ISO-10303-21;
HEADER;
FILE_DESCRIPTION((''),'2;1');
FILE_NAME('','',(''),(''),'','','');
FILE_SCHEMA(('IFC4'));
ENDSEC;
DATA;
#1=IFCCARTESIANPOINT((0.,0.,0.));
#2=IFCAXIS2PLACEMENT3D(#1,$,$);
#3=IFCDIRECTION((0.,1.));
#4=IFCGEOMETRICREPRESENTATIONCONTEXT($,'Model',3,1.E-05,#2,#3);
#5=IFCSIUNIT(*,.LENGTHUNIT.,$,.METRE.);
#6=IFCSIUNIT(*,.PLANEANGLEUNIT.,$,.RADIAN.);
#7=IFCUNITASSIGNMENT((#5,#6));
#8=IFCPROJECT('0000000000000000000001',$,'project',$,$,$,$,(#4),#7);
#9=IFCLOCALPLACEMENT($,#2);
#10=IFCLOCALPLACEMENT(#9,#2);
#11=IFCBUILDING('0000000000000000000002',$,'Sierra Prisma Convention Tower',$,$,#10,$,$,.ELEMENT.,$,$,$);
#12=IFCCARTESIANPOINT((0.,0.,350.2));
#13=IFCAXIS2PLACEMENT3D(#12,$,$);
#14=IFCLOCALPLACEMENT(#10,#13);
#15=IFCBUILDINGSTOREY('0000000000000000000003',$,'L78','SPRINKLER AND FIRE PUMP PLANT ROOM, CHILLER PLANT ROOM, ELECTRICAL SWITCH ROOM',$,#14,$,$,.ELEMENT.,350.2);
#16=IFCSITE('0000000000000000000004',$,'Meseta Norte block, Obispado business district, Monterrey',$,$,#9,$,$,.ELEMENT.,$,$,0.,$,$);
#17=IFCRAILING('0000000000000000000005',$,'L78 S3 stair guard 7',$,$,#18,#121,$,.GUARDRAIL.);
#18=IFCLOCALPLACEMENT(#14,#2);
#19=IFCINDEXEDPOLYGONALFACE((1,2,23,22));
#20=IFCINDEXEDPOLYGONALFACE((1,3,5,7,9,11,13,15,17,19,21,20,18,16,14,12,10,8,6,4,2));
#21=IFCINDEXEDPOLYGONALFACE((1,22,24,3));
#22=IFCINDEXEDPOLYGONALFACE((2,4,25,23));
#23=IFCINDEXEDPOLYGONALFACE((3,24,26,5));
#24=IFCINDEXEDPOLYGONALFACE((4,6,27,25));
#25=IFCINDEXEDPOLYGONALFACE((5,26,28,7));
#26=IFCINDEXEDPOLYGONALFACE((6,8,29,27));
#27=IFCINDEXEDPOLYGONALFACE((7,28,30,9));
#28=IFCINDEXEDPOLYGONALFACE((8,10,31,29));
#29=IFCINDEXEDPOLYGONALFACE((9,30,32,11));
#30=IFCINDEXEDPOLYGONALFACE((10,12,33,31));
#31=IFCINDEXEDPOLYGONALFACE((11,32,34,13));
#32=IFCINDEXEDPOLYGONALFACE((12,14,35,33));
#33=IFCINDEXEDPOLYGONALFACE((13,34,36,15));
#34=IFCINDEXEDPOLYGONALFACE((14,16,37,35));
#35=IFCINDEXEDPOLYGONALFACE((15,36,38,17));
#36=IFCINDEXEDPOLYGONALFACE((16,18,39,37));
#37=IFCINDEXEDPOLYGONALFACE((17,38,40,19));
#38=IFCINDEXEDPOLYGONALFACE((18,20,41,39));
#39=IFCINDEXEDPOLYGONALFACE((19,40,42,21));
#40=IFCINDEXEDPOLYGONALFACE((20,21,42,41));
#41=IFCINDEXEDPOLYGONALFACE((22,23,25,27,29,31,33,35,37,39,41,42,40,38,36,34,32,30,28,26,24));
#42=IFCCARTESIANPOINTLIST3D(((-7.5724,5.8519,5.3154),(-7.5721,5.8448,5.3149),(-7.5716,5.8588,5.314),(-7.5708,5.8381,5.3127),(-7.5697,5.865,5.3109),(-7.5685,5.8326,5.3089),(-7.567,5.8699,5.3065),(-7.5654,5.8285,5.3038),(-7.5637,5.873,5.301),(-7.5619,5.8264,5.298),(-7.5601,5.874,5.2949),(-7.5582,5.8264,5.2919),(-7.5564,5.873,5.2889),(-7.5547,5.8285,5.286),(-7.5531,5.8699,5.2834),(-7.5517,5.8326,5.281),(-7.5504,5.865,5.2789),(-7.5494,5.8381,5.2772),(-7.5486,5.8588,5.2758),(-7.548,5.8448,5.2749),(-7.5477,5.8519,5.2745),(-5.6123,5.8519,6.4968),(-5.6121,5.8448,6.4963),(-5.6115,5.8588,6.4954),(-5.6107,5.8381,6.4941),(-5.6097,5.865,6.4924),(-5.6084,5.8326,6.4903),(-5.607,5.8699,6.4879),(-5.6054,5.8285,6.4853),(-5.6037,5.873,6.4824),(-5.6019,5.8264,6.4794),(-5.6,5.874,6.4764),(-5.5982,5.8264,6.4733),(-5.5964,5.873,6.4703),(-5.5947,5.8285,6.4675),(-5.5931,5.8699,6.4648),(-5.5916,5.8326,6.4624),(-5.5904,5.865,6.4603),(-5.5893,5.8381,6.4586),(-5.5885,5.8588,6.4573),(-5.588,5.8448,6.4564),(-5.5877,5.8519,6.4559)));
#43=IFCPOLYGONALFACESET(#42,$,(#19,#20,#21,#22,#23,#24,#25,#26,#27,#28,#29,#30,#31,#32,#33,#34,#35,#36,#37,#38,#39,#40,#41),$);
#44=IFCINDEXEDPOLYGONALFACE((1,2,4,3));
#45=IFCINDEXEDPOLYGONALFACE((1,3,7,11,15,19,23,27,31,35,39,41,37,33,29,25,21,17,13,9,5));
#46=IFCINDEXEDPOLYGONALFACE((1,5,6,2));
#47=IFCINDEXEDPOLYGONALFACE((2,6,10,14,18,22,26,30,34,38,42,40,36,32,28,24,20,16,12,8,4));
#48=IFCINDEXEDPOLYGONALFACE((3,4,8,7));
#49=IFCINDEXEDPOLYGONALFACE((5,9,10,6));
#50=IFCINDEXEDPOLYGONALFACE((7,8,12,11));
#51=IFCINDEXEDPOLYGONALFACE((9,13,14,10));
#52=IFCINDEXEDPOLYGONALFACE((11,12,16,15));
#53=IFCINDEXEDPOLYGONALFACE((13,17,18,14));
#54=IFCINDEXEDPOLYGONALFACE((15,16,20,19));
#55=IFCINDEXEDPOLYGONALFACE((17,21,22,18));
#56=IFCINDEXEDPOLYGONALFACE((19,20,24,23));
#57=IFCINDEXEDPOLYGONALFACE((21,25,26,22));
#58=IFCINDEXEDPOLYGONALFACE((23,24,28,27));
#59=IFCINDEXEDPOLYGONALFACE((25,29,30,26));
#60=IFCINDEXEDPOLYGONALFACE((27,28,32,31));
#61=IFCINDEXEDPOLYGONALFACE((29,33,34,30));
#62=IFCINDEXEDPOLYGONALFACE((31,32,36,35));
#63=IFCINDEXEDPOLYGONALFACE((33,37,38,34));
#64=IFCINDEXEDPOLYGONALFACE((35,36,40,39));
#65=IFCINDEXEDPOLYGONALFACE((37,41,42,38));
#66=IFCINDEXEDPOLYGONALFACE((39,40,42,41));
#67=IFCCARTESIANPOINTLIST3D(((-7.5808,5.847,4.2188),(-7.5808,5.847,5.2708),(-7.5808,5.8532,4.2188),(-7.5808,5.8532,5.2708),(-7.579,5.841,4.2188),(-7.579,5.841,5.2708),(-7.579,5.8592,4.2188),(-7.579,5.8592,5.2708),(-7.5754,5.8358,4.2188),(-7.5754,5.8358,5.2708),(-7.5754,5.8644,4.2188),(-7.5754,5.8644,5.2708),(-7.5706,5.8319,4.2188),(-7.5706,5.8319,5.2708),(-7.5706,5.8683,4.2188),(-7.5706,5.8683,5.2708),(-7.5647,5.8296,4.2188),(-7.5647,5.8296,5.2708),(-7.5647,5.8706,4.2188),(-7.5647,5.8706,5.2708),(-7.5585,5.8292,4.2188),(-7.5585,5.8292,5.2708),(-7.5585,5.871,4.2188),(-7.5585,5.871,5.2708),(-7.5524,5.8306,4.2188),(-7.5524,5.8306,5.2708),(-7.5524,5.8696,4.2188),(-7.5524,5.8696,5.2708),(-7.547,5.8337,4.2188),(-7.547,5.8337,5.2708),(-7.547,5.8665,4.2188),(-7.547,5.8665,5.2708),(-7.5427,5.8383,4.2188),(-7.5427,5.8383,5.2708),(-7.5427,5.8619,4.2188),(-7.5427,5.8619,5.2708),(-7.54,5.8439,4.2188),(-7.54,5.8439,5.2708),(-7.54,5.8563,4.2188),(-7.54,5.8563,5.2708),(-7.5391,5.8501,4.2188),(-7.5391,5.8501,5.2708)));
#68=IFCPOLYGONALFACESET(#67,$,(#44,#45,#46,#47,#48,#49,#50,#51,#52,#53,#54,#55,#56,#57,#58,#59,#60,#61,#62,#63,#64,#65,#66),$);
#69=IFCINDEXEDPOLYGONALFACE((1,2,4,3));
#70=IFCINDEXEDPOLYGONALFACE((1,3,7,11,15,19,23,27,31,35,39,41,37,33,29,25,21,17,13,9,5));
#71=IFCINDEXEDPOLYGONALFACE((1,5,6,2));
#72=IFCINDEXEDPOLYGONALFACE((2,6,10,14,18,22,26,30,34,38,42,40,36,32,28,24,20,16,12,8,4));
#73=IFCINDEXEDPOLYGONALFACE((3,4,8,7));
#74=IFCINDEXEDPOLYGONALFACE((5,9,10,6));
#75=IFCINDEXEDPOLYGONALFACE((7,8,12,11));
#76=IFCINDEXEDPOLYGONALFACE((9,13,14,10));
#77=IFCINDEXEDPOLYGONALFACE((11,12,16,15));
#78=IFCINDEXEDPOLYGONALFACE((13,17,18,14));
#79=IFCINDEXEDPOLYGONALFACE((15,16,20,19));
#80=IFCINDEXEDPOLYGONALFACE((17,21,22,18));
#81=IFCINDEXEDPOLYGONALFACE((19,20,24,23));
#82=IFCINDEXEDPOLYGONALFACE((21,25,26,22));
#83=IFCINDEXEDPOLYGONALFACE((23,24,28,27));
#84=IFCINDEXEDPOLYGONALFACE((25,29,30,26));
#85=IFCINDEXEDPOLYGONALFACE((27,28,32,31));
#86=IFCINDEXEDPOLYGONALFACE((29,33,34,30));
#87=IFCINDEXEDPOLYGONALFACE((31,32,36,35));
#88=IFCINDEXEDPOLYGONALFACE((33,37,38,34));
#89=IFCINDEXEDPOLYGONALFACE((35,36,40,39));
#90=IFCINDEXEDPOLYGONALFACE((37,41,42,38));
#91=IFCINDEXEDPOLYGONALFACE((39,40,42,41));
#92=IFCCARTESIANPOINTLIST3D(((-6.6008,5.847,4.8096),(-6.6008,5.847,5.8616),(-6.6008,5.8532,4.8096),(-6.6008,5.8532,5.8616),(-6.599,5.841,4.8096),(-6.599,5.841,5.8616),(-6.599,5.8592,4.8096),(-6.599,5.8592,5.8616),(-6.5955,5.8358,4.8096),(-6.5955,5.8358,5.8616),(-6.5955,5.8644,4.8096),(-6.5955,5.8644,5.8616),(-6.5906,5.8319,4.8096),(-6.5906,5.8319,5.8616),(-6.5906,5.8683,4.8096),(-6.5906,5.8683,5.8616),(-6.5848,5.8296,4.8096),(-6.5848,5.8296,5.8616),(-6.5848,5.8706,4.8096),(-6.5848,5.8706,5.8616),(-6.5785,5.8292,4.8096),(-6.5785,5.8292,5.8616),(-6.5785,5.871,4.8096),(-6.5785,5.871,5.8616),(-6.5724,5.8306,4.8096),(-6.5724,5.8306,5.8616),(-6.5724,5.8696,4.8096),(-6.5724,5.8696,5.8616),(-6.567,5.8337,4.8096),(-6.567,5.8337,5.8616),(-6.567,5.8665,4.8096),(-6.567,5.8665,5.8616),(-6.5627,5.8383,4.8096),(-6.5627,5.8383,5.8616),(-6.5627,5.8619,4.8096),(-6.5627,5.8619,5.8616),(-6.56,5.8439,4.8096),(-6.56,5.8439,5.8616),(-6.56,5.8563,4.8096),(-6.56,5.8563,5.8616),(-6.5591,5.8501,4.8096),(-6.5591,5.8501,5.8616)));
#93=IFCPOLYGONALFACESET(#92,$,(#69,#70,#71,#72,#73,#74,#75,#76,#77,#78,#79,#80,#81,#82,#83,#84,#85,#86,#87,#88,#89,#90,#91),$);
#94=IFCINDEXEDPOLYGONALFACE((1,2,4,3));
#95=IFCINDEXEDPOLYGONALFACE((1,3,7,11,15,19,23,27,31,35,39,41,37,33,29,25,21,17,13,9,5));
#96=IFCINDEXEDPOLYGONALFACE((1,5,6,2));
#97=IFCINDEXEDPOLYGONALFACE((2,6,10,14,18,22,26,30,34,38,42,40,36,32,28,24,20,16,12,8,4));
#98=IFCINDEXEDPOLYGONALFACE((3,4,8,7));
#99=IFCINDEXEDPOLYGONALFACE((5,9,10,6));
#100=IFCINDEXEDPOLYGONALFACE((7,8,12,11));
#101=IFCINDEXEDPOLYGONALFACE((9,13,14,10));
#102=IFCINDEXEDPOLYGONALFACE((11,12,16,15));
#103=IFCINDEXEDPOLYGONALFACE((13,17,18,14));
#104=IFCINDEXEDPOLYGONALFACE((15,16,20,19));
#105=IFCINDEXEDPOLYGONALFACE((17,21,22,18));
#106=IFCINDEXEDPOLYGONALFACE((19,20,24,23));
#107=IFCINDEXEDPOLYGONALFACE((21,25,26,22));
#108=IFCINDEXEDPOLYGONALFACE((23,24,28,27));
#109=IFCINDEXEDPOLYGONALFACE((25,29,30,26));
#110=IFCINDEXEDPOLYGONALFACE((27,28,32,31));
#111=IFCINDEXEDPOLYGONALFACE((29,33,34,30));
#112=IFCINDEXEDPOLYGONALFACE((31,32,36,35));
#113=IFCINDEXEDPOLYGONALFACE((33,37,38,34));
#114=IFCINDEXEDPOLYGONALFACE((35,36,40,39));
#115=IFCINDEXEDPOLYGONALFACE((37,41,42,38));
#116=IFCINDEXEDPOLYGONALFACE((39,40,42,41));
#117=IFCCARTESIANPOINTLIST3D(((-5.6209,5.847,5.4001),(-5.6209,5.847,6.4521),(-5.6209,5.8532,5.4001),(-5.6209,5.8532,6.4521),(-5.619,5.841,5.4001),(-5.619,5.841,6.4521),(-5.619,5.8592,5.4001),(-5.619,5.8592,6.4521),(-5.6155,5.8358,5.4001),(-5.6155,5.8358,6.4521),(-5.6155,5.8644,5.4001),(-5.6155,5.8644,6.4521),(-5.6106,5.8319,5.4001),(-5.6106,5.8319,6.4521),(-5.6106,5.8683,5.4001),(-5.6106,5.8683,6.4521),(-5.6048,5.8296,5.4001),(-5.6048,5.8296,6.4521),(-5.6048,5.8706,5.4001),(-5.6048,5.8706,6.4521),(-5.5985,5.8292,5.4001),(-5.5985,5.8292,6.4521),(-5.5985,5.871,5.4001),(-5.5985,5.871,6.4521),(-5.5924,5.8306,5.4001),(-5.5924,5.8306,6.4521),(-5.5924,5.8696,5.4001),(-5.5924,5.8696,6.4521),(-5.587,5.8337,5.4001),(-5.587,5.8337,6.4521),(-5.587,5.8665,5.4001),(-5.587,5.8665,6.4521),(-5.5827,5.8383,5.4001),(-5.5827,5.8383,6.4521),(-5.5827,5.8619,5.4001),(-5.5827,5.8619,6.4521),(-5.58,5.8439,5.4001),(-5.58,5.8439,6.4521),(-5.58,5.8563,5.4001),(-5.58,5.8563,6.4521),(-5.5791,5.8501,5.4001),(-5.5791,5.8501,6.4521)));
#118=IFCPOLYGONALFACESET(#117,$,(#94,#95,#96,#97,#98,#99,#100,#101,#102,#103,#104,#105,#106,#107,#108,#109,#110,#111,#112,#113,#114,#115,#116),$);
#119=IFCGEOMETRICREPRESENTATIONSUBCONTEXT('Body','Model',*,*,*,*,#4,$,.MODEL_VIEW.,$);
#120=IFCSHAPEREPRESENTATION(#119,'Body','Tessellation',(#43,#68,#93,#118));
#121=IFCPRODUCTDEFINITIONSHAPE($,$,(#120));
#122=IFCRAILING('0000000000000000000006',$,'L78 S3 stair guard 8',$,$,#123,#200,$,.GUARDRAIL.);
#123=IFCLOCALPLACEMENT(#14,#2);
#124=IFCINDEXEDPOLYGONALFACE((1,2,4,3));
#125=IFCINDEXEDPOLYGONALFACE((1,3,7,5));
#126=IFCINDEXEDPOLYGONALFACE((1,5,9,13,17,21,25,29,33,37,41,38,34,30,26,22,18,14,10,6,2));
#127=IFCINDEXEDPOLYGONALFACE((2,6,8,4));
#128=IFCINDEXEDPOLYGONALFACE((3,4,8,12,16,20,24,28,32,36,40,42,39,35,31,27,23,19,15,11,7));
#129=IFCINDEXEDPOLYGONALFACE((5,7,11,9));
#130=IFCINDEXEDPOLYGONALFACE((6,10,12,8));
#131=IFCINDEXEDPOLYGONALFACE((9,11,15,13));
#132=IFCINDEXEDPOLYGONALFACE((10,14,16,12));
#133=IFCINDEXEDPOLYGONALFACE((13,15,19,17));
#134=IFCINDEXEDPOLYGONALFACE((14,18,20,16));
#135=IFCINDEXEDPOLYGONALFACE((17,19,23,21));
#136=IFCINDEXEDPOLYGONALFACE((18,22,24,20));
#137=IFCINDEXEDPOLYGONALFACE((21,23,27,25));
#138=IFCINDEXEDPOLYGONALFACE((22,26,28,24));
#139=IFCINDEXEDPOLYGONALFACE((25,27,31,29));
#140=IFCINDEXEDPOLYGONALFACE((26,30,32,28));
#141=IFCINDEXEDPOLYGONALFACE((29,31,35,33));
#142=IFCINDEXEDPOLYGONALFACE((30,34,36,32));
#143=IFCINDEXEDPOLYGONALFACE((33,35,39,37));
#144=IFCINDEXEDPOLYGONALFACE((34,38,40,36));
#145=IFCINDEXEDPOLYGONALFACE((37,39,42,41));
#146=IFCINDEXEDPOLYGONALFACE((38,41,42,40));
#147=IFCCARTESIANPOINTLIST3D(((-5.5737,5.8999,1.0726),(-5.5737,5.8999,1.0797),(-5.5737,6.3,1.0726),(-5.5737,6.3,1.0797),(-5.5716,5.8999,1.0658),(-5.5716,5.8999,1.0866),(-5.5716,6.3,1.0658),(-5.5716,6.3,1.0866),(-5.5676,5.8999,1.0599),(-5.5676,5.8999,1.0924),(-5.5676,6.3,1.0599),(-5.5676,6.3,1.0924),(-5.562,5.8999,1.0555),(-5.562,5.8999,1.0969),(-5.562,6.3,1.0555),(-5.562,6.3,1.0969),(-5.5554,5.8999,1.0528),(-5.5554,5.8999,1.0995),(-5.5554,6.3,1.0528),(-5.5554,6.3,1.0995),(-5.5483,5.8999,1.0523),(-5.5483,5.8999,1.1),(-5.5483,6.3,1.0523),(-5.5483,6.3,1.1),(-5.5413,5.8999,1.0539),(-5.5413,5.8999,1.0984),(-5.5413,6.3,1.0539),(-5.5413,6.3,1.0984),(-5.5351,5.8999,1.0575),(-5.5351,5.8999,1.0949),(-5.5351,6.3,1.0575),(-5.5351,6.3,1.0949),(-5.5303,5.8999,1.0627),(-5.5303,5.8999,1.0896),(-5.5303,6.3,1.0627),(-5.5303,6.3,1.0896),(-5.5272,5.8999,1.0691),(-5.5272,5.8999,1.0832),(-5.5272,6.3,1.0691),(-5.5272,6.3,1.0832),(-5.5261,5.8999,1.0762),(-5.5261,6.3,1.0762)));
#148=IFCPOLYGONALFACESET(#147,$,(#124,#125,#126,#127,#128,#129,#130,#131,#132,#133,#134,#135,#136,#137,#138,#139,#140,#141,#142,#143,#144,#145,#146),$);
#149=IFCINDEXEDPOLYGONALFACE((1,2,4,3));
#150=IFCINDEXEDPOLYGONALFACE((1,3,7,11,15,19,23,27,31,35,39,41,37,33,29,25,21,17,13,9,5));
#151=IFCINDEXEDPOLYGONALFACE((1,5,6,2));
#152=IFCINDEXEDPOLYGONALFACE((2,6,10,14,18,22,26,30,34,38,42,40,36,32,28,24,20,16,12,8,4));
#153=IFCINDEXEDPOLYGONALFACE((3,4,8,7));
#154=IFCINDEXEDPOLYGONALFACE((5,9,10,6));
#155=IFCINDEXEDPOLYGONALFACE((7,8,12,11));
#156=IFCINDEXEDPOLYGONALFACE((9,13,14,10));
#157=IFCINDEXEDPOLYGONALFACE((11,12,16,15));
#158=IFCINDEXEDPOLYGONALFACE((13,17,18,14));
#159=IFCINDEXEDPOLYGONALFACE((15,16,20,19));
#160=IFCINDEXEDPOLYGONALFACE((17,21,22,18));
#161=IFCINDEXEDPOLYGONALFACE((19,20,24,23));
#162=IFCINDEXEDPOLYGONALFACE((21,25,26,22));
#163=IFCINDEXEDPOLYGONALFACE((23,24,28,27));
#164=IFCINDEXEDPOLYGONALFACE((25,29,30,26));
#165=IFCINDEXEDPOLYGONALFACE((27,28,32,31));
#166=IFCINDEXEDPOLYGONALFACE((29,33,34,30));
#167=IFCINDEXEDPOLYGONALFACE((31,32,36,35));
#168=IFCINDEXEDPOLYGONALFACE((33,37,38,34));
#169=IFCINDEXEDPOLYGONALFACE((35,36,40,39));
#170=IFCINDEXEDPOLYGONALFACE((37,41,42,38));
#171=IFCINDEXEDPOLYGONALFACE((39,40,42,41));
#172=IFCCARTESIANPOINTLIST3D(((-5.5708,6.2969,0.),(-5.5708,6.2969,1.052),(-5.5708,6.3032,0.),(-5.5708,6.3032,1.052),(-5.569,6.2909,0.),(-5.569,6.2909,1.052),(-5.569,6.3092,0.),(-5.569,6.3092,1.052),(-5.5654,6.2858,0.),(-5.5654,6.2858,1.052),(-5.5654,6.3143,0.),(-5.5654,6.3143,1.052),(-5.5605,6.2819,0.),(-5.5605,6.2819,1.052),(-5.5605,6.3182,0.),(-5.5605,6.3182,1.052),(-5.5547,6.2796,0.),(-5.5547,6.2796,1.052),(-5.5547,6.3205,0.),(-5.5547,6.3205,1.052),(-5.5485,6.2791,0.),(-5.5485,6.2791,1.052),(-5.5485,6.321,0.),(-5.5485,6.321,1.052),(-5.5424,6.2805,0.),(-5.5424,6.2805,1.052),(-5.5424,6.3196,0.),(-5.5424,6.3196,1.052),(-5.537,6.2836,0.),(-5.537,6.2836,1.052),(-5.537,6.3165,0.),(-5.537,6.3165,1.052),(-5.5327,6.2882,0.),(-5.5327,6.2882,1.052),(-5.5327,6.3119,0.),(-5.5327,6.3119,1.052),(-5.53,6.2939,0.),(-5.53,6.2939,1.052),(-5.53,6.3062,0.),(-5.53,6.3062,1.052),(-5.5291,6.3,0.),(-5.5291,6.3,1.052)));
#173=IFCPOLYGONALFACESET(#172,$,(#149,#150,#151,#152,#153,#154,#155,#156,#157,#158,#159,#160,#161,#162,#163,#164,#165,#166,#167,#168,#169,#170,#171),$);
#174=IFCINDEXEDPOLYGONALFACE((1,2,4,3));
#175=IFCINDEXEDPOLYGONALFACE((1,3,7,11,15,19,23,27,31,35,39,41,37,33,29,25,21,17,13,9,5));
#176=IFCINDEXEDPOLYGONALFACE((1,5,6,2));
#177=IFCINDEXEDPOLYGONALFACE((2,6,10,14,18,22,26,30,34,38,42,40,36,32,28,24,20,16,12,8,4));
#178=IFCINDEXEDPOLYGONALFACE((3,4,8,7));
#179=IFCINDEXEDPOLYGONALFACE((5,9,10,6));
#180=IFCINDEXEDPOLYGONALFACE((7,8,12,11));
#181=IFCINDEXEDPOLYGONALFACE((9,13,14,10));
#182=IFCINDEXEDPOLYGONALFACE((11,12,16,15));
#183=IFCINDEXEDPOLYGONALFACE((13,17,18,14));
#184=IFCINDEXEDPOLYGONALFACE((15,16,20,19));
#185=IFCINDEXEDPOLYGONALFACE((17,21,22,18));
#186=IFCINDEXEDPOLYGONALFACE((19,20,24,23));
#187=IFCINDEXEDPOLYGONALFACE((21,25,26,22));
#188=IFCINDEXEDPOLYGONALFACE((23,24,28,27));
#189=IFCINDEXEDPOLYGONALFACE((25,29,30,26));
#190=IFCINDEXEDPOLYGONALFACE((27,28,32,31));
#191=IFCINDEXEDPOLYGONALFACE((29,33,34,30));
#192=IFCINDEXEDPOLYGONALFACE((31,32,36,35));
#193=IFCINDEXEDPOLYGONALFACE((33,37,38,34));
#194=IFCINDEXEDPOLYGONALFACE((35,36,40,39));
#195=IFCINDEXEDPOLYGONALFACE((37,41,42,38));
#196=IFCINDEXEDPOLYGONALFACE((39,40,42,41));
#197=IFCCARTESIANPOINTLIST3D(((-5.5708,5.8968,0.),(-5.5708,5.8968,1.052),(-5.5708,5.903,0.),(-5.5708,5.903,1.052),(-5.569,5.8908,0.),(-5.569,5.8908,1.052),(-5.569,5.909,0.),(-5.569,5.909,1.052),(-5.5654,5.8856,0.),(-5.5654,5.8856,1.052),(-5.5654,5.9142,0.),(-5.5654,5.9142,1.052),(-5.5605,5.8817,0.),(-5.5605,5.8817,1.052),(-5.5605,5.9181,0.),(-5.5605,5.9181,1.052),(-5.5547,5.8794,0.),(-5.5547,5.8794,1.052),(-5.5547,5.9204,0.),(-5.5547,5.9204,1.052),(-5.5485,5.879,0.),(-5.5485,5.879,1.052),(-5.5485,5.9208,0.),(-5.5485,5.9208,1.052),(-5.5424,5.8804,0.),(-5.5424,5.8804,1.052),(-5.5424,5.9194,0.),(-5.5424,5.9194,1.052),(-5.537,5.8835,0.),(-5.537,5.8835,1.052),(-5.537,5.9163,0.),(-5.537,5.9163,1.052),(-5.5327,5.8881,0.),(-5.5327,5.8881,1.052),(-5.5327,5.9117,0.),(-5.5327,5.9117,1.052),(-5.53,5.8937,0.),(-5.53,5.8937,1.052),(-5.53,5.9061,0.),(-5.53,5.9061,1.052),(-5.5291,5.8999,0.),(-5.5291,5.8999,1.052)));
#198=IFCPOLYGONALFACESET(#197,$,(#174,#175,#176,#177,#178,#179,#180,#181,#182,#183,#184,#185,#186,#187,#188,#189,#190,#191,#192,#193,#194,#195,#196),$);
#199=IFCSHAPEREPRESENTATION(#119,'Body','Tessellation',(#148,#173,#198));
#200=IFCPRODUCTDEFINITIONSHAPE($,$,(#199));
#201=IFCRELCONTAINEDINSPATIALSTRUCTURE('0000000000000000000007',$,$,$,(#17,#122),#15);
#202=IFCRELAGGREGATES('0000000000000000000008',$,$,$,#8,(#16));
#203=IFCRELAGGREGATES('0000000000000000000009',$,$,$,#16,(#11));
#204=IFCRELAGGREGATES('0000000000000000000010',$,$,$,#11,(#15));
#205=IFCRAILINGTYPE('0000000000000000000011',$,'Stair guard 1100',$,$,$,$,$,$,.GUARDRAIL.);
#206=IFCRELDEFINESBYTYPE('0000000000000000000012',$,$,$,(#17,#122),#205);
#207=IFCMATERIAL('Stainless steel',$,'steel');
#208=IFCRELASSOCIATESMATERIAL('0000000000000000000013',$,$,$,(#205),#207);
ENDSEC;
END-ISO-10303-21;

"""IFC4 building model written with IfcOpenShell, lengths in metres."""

from ifc_helpers import new_model, si_unit, direction, frame, origin, origin_2d, place, context, subcontext, project, spatial, circle, extrude, material, type_object, element, save


model = new_model("IFC4")

# Units and contexts
model_context = context("Model", 3, precision=1e-05, world=origin(), true_north=direction((0.0, 1.0)))
body_context = subcontext(model_context, "Body", "Model", "MODEL_VIEW")
ifc_project = project(units=[si_unit("LENGTHUNIT", "METRE"), si_unit("PLANEANGLEUNIT", "RADIAN")], contexts=[model_context])

# Site, building, storey
site_placement = place(None, origin())
site = spatial("IfcSite", under=ifc_project, at=site_placement, Name="Meseta Norte block, Obispado business district, Monterrey", CompositionType="ELEMENT", RefElevation=0.0)
building_placement = place(site_placement, origin())
building = spatial("IfcBuilding", under=site, at=building_placement, Name="Sierra Prisma Convention Tower", CompositionType="ELEMENT")
storey_placement = place(building_placement, frame((0.0, 0.0, 350.2)))
storey = spatial("IfcBuildingStorey", under=building, at=storey_placement, Name="L78", Description="SPRINKLER AND FIRE PUMP PLANT ROOM, CHILLER PLANT ROOM, ELECTRICAL SWITCH ROOM", CompositionType="ELEMENT", Elevation=350.2)

# Railings
ifc_material_1 = material(Name="Stainless steel", Category="steel")
railing_type_1 = type_object("IfcRailingType", Name="Stair guard 1100", PredefinedType="GUARDRAIL", material=ifc_material_1)
railing_1_placement = place(storey_placement, frame((-7.5601, 5.8501, 4.2188)))
element("IfcRailing", 1, at=railing_1_placement, inside=storey, type_object=railing_type_1, Name="L78 S3 stair guard 7", PredefinedType="GUARDRAIL", context=body_context, shape_type="SweptSolid", body=[
    extrude(circle(Radius=0.0239, at=origin_2d()), frame((0.0, 0.0, 1.0762), z_axis=(0.856446, 0.0, 0.516236), x_axis=(0.0, 1.0, 0.0)), (0.0, 0.0, 1.0), 2.2886),
    extrude(circle(Radius=0.021, at=origin_2d()), origin(), (0.0, 0.0, 1.0), 1.052),
    extrude(circle(Radius=0.021, at=origin_2d()), frame((0.98, 0.0, 0.5908)), (0.0, 0.0, 1.0), 1.052),
    extrude(circle(Radius=0.021, at=origin_2d()), frame((1.96, 0.0, 1.1814)), (0.0, 0.0, 1.0), 1.052),
])
railing_2_placement = place(storey_placement, frame((-5.55, 6.3, 0.0)))
element("IfcRailing", 2, at=railing_2_placement, inside=storey, type_object=railing_type_1, Name="L78 S3 stair guard 8", PredefinedType="GUARDRAIL", context=body_context, shape_type="SweptSolid", body=[
    extrude(circle(Radius=0.0239, at=origin_2d()), frame((0.0, 0.0, 1.0762), z_axis=(0.0, -1.0, 0.0), x_axis=(1.0, 0.0, 0.0)), (0.0, 0.0, 1.0), 0.4001),
    extrude(circle(Radius=0.021, at=origin_2d()), origin(), (0.0, 0.0, 1.0), 1.052),
    extrude(circle(Radius=0.021, at=origin_2d()), frame((0.0, -0.4001, 0.0)), (0.0, 0.0, 1.0), 1.052),
])

save(model, "model.ifc")
